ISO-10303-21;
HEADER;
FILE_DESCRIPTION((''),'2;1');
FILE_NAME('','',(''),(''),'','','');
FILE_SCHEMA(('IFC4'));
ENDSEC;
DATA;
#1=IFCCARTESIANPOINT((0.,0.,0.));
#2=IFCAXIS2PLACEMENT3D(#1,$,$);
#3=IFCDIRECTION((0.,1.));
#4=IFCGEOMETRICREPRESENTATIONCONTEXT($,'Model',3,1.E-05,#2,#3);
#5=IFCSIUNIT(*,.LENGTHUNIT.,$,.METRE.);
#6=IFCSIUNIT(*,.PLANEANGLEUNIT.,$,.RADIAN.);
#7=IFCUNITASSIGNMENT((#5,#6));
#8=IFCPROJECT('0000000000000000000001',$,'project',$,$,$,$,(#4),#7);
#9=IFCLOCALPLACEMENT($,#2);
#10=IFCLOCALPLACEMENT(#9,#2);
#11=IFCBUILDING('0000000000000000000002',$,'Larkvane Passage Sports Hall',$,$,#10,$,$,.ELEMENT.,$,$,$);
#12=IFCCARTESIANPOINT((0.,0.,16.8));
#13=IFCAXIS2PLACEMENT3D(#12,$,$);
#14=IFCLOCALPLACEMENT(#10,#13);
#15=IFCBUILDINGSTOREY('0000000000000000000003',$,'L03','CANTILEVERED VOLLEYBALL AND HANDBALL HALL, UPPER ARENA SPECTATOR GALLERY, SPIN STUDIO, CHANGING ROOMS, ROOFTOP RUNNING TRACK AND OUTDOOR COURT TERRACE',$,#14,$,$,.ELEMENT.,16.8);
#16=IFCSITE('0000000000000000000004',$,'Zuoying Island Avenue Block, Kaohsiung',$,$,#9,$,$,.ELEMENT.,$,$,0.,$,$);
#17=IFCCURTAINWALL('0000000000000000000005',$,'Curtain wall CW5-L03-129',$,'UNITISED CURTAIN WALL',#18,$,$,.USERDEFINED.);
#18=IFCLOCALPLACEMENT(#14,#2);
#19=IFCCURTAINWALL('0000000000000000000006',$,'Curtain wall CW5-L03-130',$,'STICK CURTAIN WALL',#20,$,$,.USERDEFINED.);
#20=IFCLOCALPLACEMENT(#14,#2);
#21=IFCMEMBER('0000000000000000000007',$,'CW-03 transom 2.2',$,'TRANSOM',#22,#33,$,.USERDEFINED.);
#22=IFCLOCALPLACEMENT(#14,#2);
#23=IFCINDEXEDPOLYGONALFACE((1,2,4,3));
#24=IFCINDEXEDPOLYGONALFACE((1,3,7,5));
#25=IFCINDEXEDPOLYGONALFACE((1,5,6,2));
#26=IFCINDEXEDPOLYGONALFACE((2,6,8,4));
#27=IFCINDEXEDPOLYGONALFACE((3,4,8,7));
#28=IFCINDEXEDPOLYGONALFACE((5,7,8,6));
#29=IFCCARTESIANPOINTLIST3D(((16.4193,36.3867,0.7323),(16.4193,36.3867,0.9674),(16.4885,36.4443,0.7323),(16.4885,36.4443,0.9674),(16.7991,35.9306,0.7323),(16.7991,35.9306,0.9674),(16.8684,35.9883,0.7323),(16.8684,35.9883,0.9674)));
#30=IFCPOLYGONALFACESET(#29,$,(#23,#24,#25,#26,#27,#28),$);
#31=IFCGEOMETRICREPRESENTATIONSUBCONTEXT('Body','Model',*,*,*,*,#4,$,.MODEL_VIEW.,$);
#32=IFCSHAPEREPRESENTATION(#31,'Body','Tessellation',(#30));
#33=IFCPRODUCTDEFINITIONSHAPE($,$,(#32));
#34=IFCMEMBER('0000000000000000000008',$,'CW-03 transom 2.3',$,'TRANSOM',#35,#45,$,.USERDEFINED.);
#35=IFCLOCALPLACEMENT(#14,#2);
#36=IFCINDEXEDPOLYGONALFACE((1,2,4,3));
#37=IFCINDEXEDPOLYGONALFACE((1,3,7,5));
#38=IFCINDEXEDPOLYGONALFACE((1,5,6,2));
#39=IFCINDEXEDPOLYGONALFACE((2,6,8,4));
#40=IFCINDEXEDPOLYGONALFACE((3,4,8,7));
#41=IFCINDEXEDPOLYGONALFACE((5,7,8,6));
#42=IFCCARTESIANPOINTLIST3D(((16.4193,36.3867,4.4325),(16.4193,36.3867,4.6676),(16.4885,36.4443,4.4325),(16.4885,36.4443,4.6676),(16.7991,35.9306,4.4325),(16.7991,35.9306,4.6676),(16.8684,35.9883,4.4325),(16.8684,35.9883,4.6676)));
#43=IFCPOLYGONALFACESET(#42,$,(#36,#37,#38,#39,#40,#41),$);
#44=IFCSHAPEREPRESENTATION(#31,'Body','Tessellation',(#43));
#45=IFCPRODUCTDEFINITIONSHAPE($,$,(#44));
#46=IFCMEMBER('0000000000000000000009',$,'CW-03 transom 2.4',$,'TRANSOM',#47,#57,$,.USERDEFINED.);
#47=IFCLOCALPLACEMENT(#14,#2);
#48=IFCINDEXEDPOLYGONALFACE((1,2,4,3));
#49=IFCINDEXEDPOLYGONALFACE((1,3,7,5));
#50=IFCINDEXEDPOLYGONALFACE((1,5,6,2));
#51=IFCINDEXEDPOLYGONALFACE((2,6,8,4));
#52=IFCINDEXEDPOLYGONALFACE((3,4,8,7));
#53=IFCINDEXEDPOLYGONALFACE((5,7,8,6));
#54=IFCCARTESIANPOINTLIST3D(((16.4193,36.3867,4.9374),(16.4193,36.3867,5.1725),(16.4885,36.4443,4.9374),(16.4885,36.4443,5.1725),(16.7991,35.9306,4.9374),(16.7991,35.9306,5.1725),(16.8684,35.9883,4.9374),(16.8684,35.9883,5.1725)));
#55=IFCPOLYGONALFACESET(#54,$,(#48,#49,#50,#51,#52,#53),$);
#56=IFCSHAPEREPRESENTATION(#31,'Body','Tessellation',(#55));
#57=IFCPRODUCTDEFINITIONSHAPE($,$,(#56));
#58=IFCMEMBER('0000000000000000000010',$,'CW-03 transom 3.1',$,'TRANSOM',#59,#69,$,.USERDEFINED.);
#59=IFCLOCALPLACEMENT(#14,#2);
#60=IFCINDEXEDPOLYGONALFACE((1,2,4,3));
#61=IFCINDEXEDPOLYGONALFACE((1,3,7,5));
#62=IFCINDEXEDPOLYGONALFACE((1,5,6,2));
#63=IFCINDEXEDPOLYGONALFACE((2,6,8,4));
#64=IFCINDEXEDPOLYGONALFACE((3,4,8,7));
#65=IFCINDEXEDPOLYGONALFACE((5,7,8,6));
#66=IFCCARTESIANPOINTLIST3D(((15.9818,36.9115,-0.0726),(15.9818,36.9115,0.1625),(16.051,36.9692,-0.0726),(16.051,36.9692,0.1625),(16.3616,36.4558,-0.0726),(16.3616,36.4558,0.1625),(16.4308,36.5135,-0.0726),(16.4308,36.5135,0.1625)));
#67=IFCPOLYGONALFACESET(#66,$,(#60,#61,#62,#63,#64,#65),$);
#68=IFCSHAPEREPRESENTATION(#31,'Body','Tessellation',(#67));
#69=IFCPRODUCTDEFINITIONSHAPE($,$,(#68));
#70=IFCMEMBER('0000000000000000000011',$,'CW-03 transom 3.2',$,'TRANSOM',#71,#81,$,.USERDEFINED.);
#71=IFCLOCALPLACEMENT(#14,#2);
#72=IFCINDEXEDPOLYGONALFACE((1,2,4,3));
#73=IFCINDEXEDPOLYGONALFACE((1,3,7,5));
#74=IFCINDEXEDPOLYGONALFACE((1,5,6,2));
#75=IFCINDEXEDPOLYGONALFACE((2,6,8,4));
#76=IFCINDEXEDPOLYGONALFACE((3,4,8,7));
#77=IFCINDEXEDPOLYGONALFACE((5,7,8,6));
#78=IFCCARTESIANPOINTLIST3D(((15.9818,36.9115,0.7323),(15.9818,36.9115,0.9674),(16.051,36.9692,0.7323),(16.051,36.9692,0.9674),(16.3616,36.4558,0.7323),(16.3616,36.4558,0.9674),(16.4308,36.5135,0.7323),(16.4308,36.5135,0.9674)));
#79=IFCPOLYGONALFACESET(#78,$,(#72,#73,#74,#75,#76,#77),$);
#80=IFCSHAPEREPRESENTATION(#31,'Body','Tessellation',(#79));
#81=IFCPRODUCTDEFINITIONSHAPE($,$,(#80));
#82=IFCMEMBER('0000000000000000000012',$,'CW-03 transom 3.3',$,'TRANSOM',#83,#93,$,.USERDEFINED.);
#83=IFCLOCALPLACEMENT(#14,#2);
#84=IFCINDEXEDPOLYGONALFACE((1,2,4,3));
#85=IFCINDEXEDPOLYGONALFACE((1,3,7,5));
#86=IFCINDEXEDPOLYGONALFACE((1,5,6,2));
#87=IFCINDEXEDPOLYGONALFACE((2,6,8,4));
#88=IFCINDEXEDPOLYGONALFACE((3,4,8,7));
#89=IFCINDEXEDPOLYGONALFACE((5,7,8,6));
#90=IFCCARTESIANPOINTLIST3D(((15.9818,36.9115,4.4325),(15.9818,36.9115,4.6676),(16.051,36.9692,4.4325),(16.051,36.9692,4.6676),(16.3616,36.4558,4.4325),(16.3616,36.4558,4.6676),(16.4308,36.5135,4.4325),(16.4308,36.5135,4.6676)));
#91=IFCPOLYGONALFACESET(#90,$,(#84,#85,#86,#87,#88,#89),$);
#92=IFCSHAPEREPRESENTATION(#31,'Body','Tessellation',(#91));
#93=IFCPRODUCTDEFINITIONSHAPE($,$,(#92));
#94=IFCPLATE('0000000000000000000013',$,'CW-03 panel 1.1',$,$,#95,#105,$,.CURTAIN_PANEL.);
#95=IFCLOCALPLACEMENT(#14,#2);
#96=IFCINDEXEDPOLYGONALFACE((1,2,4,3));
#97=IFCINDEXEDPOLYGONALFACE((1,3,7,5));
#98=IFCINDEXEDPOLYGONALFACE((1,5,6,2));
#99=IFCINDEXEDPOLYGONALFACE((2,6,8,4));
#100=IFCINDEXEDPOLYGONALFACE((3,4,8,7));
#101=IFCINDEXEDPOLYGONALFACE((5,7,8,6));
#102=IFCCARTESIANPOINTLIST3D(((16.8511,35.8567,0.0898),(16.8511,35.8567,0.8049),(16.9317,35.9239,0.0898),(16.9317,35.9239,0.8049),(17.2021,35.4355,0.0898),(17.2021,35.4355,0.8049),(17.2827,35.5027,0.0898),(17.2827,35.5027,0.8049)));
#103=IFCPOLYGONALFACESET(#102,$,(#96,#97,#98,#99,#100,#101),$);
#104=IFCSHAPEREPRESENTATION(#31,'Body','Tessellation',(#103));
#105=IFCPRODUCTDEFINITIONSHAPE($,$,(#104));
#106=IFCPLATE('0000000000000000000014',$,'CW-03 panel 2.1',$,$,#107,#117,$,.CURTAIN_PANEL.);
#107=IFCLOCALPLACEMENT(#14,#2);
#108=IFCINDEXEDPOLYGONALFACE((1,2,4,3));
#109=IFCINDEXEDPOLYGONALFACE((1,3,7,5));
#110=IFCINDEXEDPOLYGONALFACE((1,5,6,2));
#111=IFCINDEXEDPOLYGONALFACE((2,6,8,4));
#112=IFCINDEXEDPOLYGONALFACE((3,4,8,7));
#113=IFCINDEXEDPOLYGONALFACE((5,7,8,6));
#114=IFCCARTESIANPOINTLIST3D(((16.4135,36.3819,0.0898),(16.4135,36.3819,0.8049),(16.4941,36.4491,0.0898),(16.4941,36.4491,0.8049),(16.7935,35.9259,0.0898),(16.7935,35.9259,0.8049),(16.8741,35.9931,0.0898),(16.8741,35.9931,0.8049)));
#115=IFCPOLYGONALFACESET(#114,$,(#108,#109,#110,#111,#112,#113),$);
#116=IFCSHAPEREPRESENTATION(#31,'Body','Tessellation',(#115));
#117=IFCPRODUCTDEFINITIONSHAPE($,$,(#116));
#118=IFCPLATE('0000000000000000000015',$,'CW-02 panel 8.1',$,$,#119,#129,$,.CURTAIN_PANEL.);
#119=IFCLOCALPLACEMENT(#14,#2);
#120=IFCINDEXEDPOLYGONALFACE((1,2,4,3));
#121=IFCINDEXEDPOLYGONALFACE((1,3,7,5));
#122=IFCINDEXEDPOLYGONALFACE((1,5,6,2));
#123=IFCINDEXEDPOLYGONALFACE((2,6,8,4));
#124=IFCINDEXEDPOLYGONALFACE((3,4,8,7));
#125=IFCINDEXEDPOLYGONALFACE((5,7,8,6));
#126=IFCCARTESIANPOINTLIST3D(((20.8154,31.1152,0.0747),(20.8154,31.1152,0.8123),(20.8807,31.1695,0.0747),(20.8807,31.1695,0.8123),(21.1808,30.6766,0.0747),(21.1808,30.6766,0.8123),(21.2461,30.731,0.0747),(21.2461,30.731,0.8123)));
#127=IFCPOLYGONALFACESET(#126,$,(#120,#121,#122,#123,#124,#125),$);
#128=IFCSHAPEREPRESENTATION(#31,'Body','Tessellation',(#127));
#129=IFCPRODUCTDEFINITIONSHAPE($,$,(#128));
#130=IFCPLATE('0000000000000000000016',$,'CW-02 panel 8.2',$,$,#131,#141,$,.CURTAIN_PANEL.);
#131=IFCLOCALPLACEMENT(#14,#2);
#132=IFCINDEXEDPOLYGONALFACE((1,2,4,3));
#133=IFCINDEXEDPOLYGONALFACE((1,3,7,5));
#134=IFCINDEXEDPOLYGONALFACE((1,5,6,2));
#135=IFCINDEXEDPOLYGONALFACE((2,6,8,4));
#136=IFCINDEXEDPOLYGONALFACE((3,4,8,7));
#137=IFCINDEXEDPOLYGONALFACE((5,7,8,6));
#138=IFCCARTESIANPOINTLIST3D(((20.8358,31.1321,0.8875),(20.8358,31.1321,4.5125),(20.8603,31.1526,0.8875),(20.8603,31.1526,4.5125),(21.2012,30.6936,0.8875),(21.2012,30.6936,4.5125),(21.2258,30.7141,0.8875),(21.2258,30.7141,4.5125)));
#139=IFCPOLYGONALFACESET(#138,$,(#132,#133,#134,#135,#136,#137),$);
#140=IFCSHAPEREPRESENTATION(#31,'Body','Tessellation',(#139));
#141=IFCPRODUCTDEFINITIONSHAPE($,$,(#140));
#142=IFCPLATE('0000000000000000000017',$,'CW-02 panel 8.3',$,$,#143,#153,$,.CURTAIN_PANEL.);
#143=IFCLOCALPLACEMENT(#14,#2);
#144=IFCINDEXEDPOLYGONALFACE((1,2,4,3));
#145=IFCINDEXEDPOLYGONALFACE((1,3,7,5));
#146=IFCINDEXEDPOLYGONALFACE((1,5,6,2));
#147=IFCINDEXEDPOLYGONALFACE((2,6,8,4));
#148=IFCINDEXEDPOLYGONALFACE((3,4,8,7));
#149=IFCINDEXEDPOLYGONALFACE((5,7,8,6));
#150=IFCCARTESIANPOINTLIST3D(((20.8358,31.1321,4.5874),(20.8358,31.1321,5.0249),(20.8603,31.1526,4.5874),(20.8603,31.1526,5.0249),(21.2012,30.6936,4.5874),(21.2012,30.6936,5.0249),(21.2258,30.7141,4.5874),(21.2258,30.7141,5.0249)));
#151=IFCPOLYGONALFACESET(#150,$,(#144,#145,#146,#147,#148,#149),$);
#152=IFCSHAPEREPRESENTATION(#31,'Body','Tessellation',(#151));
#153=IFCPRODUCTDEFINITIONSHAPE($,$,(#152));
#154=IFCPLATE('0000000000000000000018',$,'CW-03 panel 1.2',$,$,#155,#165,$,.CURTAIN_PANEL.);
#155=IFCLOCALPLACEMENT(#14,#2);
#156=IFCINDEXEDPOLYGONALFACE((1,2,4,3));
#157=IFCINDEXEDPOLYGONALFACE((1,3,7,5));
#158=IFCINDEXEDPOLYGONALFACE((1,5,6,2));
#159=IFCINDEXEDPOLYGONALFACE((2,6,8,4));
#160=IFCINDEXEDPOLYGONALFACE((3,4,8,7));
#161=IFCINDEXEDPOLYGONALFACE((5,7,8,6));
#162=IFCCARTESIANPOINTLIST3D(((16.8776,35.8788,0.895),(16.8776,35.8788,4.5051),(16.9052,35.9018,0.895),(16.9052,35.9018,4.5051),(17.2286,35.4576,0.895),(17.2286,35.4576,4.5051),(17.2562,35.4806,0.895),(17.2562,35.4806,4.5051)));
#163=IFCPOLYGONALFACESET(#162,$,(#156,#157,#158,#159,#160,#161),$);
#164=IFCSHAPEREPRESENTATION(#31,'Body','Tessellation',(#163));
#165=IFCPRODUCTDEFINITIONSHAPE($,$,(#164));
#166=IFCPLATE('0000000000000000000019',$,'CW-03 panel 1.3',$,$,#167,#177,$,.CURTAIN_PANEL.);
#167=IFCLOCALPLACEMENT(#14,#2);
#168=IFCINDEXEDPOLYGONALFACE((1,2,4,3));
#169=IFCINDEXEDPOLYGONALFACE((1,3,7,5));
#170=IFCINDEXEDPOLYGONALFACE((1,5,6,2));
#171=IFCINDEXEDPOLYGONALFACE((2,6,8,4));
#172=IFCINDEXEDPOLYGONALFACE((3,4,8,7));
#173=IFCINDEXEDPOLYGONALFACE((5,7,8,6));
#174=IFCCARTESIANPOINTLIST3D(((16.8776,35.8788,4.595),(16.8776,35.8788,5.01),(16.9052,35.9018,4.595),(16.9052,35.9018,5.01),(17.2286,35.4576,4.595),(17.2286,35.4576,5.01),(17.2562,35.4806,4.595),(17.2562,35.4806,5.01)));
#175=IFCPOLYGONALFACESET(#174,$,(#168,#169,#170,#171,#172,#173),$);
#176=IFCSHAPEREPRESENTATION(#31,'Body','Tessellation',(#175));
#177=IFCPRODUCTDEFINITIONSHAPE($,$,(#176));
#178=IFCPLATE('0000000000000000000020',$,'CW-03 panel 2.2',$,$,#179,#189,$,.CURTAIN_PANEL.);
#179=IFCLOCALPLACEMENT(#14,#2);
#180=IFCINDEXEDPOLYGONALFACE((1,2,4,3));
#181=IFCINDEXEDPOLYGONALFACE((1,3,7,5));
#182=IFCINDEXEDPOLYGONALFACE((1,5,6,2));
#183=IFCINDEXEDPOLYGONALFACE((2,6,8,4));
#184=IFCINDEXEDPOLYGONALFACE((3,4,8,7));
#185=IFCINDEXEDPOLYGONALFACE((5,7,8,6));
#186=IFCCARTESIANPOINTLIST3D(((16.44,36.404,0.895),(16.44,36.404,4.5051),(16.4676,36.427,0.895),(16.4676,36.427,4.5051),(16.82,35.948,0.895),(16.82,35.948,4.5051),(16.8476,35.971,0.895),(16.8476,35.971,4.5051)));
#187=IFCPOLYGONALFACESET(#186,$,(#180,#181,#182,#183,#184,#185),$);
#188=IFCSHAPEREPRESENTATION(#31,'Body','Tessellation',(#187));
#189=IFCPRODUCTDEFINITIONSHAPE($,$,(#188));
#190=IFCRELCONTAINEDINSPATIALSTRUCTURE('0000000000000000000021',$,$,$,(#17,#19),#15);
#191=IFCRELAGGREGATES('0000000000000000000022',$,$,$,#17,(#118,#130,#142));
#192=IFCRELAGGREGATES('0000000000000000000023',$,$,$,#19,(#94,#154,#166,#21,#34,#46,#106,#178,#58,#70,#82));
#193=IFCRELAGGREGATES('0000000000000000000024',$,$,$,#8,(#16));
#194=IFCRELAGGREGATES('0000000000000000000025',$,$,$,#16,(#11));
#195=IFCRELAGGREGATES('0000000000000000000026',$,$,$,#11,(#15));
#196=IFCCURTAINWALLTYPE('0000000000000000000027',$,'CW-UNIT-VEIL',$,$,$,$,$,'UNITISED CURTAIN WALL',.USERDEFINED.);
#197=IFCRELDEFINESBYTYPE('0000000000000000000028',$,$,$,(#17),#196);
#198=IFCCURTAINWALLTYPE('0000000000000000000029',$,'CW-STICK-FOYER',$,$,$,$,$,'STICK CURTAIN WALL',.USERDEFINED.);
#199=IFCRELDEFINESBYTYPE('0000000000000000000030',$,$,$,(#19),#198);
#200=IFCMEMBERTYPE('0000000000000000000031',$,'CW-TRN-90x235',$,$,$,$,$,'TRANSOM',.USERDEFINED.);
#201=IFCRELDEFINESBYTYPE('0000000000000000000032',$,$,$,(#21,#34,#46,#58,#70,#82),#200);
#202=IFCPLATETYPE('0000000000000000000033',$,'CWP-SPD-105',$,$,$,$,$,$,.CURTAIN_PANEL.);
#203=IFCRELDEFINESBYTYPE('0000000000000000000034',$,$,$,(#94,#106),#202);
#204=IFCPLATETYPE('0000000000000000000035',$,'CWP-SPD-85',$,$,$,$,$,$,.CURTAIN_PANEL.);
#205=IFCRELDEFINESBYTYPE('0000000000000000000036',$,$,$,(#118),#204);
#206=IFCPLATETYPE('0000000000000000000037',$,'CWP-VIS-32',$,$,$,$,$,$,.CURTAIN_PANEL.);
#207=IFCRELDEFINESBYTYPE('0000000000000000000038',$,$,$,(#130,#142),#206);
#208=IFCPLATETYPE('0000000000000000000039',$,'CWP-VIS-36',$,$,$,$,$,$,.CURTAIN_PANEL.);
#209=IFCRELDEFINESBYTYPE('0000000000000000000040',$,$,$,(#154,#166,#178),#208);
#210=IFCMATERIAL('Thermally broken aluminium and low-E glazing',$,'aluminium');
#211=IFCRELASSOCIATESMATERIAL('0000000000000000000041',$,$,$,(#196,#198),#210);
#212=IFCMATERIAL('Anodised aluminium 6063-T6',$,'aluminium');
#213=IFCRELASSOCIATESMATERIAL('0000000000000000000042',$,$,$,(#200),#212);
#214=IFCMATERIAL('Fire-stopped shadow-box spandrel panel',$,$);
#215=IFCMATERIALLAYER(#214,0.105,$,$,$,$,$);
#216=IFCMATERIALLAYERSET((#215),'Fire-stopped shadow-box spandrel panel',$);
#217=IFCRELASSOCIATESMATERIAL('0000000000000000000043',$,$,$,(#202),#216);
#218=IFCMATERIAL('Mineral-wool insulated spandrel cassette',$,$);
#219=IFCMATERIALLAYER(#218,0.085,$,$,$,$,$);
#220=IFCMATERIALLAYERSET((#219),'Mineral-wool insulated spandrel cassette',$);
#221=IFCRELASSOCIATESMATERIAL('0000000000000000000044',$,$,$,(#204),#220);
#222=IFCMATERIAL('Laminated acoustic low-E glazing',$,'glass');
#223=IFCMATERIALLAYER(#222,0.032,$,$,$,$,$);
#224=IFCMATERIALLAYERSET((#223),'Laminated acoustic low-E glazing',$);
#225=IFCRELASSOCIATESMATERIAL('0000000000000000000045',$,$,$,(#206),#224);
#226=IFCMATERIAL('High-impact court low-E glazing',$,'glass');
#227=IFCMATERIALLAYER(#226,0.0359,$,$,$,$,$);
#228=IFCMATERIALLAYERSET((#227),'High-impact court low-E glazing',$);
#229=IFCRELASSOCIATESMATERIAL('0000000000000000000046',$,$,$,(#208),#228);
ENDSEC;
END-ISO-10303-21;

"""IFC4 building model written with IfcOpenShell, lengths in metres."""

from ifc_helpers import new_model, si_unit, direction, frame, origin, origin_2d, place, context, subcontext, project, spatial, rectangle, extrude, material, layer, layer_set, material_profile, profile_set, type_object, element, aggregate, save


model = new_model("IFC4")

# Units and contexts
model_context = context("Model", 3, precision=1e-05, world=origin(), true_north=direction((0.0, 1.0)))
body_context = subcontext(model_context, "Body", "Model", "MODEL_VIEW")
ifc_project = project(units=[si_unit("LENGTHUNIT", "METRE"), si_unit("PLANEANGLEUNIT", "RADIAN")], contexts=[model_context])

# Site, building, storey
site_placement = place(None, origin())
site = spatial("IfcSite", under=ifc_project, at=site_placement, Name="Zuoying Island Avenue Block, Kaohsiung", CompositionType="ELEMENT", RefElevation=0.0)
building_placement = place(site_placement, origin())
building = spatial("IfcBuilding", under=site, at=building_placement, Name="Larkvane Passage Sports Hall", CompositionType="ELEMENT")
storey_placement = place(building_placement, frame((0.0, 0.0, 16.8)))
storey = spatial("IfcBuildingStorey", under=building, at=storey_placement, Name="L03", Description="CANTILEVERED VOLLEYBALL AND HANDBALL HALL, UPPER ARENA SPECTATOR GALLERY, SPIN STUDIO, CHANGING ROOMS, ROOFTOP RUNNING TRACK AND OUTDOOR COURT TERRACE", CompositionType="ELEMENT", Elevation=16.8)

# Curtain walls
ifc_material_1 = material(Name="Thermally broken aluminium and low-E glazing", Category="aluminium")
curtain_wall_type_1 = type_object("IfcCurtainWallType", Name="CW-UNIT-VEIL", ElementType="UNITISED CURTAIN WALL", PredefinedType="USERDEFINED", material=ifc_material_1)
curtain_wall_1_placement = place(storey_placement, origin())
curtain_wall_1 = element("IfcCurtainWall", 1, at=curtain_wall_1_placement, inside=storey, type_object=curtain_wall_type_1, Name="Curtain wall CW5-L03-129", ObjectType="UNITISED CURTAIN WALL", PredefinedType="USERDEFINED")
ifc_material_2 = material(Name="Anodised aluminium 6063-T6", Category="aluminium")
curtain_wall_type_2 = type_object("IfcCurtainWallType", Name="CW-STICK-FOYER", ElementType="STICK CURTAIN WALL", PredefinedType="USERDEFINED", material=ifc_material_1)
curtain_wall_2_placement = place(storey_placement, origin())
curtain_wall_2 = element("IfcCurtainWall", 2, at=curtain_wall_2_placement, inside=storey, type_object=curtain_wall_type_2, Name="Curtain wall CW5-L03-130", ObjectType="STICK CURTAIN WALL", PredefinedType="USERDEFINED")

# Members
ifc_material_profile_1 = material_profile(ifc_material_2, rectangle(XDim=0.0901, YDim=0.2351, at=origin_2d()), Name="ALU-TRN-90x235")
ifc_profile_set_1 = profile_set([ifc_material_profile_1], Name="Anodised aluminium 6063-T6")
member_type_1 = type_object("IfcMemberType", Name="CW-TRN-90x235", ElementType="TRANSOM", PredefinedType="USERDEFINED", material=ifc_profile_set_1)
member_1_placement = place(storey_placement, frame((16.8337, 35.9595, 0.8499), z_axis=(-0.640023, 0.768356, 0.0), x_axis=(-0.768356, -0.640023, 0.0)))
member_1 = element("IfcMember", 3, at=member_1_placement, type_object=member_type_1, Name="CW-03 transom 2.2", ObjectType="TRANSOM", PredefinedType="USERDEFINED", context=body_context, shape_type="SweptSolid", body=[
    extrude(rectangle(XDim=0.0901, YDim=0.2351, at=origin_2d()), origin(), (0.0, 0.0, 1.0), 0.5935),
])
member_2_placement = place(storey_placement, frame((16.8337, 35.9595, 4.55), z_axis=(-0.640023, 0.768356, 0.0), x_axis=(-0.768356, -0.640023, 0.0)))
member_2 = element("IfcMember", 4, at=member_2_placement, type_object=member_type_1, Name="CW-03 transom 2.3", ObjectType="TRANSOM", PredefinedType="USERDEFINED", context=body_context, shape_type="SweptSolid", body=[
    extrude(rectangle(XDim=0.0901, YDim=0.2351, at=origin_2d()), origin(), (0.0, 0.0, 1.0), 0.5935),
])
member_3_placement = place(storey_placement, frame((16.8337, 35.9595, 5.0549), z_axis=(-0.640023, 0.768356, 0.0), x_axis=(-0.768356, -0.640023, 0.0)))
member_3 = element("IfcMember", 5, at=member_3_placement, type_object=member_type_1, Name="CW-03 transom 2.4", ObjectType="TRANSOM", PredefinedType="USERDEFINED", context=body_context, shape_type="SweptSolid", body=[
    extrude(rectangle(XDim=0.0901, YDim=0.2351, at=origin_2d()), origin(), (0.0, 0.0, 1.0), 0.5935),
])
member_4_placement = place(storey_placement, frame((16.3962, 36.4846, 0.0449), z_axis=(-0.640225, 0.768188, 0.0), x_axis=(-0.768188, -0.640225, 0.0)))
member_4 = element("IfcMember", 6, at=member_4_placement, type_object=member_type_1, Name="CW-03 transom 3.1", ObjectType="TRANSOM", PredefinedType="USERDEFINED", context=body_context, shape_type="SweptSolid", body=[
    extrude(rectangle(XDim=0.0901, YDim=0.2351, at=origin_2d()), origin(), (0.0, 0.0, 1.0), 0.5933),
])
member_5_placement = place(storey_placement, frame((16.3962, 36.4846, 0.8499), z_axis=(-0.640225, 0.768188, 0.0), x_axis=(-0.768188, -0.640225, 0.0)))
member_5 = element("IfcMember", 7, at=member_5_placement, type_object=member_type_1, Name="CW-03 transom 3.2", ObjectType="TRANSOM", PredefinedType="USERDEFINED", context=body_context, shape_type="SweptSolid", body=[
    extrude(rectangle(XDim=0.0901, YDim=0.2351, at=origin_2d()), origin(), (0.0, 0.0, 1.0), 0.5933),
])
member_6_placement = place(storey_placement, frame((16.3962, 36.4846, 4.55), z_axis=(-0.640225, 0.768188, 0.0), x_axis=(-0.768188, -0.640225, 0.0)))
member_6 = element("IfcMember", 8, at=member_6_placement, type_object=member_type_1, Name="CW-03 transom 3.3", ObjectType="TRANSOM", PredefinedType="USERDEFINED", context=body_context, shape_type="SweptSolid", body=[
    extrude(rectangle(XDim=0.0901, YDim=0.2351, at=origin_2d()), origin(), (0.0, 0.0, 1.0), 0.5933),
])

# Plates
ifc_material_3 = material(Name="Fire-stopped shadow-box spandrel panel")
ifc_layer_1 = layer(ifc_material_3, 0.105)
ifc_layer_set_1 = layer_set([ifc_layer_1], Name="Fire-stopped shadow-box spandrel panel")
plate_type_1 = type_object("IfcPlateType", Name="CWP-SPD-105", PredefinedType="CURTAIN_PANEL", material=ifc_layer_set_1)
plate_1_placement = place(storey_placement, frame((17.0669, 35.6797, 0.0898), z_axis=(0.0, 0.0, 1.0), x_axis=(-0.640184, 0.768221, 0.0)))
plate_1 = element("IfcPlate", 9, at=plate_1_placement, type_object=plate_type_1, Name="CW-03 panel 1.1", PredefinedType="CURTAIN_PANEL", context=body_context, shape_type="SweptSolid", body=[
    extrude(rectangle(XDim=0.5483, YDim=0.105, at=origin_2d()), origin(), (0.0, 0.0, 1.0), 0.7151),
])
plate_2_placement = place(storey_placement, frame((16.6438, 36.1875, 0.0898), z_axis=(0.0, 0.0, 1.0), x_axis=(-0.640184, 0.768221, 0.0)))
plate_2 = element("IfcPlate", 10, at=plate_2_placement, type_object=plate_type_1, Name="CW-03 panel 2.1", PredefinedType="CURTAIN_PANEL", context=body_context, shape_type="SweptSolid", body=[
    extrude(rectangle(XDim=0.5935, YDim=0.105, at=origin_2d()), origin(), (0.0, 0.0, 1.0), 0.7151),
])
ifc_material_4 = material(Name="Mineral-wool insulated spandrel cassette")
ifc_layer_2 = layer(ifc_material_4, 0.085)
ifc_layer_set_2 = layer_set([ifc_layer_2], Name="Mineral-wool insulated spandrel cassette")
plate_type_2 = type_object("IfcPlateType", Name="CWP-SPD-85", PredefinedType="CURTAIN_PANEL", material=ifc_layer_set_2)
plate_3_placement = place(storey_placement, frame((21.0308, 30.9231, 0.0747), z_axis=(0.0, 0.0, 1.0), x_axis=(-0.640184, 0.768221, 0.0)))
plate_3 = element("IfcPlate", 11, at=plate_3_placement, type_object=plate_type_2, Name="CW-02 panel 8.1", PredefinedType="CURTAIN_PANEL", context=body_context, shape_type="SweptSolid", body=[
    extrude(rectangle(XDim=0.5708, YDim=0.085, at=origin_2d()), origin(), (0.0, 0.0, 1.0), 0.7375),
])
ifc_material_5 = material(Name="Laminated acoustic low-E glazing", Category="glass")
ifc_layer_3 = layer(ifc_material_5, 0.032)
ifc_layer_set_3 = layer_set([ifc_layer_3], Name="Laminated acoustic low-E glazing")
plate_type_3 = type_object("IfcPlateType", Name="CWP-VIS-32", PredefinedType="CURTAIN_PANEL", material=ifc_layer_set_3)
plate_4_placement = place(storey_placement, frame((21.0308, 30.9231, 0.8875), z_axis=(0.0, 0.0, 1.0), x_axis=(-0.640184, 0.768221, 0.0)))
plate_4 = element("IfcPlate", 12, at=plate_4_placement, type_object=plate_type_3, Name="CW-02 panel 8.2", PredefinedType="CURTAIN_PANEL", context=body_context, shape_type="SweptSolid", body=[
    extrude(rectangle(XDim=0.5708, YDim=0.032, at=origin_2d()), origin(), (0.0, 0.0, 1.0), 3.625),
])
plate_5_placement = place(storey_placement, frame((21.0308, 30.9231, 4.5874), z_axis=(0.0, 0.0, 1.0), x_axis=(-0.640184, 0.768221, 0.0)))
plate_5 = element("IfcPlate", 13, at=plate_5_placement, type_object=plate_type_3, Name="CW-02 panel 8.3", PredefinedType="CURTAIN_PANEL", context=body_context, shape_type="SweptSolid", body=[
    extrude(rectangle(XDim=0.5708, YDim=0.032, at=origin_2d()), origin(), (0.0, 0.0, 1.0), 0.4375),
])
aggregate(curtain_wall_1, [plate_3, plate_4, plate_5])
ifc_material_6 = material(Name="High-impact court low-E glazing", Category="glass")
ifc_layer_4 = layer(ifc_material_6, 0.0359)
ifc_layer_set_4 = layer_set([ifc_layer_4], Name="High-impact court low-E glazing")
plate_type_4 = type_object("IfcPlateType", Name="CWP-VIS-36", PredefinedType="CURTAIN_PANEL", material=ifc_layer_set_4)
plate_6_placement = place(storey_placement, frame((17.0669, 35.6797, 0.895), z_axis=(0.0, 0.0, 1.0), x_axis=(-0.640184, 0.768221, 0.0)))
plate_6 = element("IfcPlate", 14, at=plate_6_placement, type_object=plate_type_4, Name="CW-03 panel 1.2", PredefinedType="CURTAIN_PANEL", context=body_context, shape_type="SweptSolid", body=[
    extrude(rectangle(XDim=0.5483, YDim=0.0359, at=origin_2d()), origin(), (0.0, 0.0, 1.0), 3.6101),
])
plate_7_placement = place(storey_placement, frame((17.0669, 35.6797, 4.595), z_axis=(0.0, 0.0, 1.0), x_axis=(-0.640184, 0.768221, 0.0)))
plate_7 = element("IfcPlate", 15, at=plate_7_placement, type_object=plate_type_4, Name="CW-03 panel 1.3", PredefinedType="CURTAIN_PANEL", context=body_context, shape_type="SweptSolid", body=[
    extrude(rectangle(XDim=0.5483, YDim=0.0359, at=origin_2d()), origin(), (0.0, 0.0, 1.0), 0.415),
])
plate_8_placement = place(storey_placement, frame((16.6438, 36.1875, 0.895), z_axis=(0.0, 0.0, 1.0), x_axis=(-0.640184, 0.768221, 0.0)))
plate_8 = element("IfcPlate", 16, at=plate_8_placement, type_object=plate_type_4, Name="CW-03 panel 2.2", PredefinedType="CURTAIN_PANEL", context=body_context, shape_type="SweptSolid", body=[
    extrude(rectangle(XDim=0.5935, YDim=0.0359, at=origin_2d()), origin(), (0.0, 0.0, 1.0), 3.6101),
])
aggregate(curtain_wall_2, [plate_1, plate_6, plate_7, member_1, member_2, member_3, plate_2, plate_8, member_4, member_5, member_6])

save(model, "model.ifc")
